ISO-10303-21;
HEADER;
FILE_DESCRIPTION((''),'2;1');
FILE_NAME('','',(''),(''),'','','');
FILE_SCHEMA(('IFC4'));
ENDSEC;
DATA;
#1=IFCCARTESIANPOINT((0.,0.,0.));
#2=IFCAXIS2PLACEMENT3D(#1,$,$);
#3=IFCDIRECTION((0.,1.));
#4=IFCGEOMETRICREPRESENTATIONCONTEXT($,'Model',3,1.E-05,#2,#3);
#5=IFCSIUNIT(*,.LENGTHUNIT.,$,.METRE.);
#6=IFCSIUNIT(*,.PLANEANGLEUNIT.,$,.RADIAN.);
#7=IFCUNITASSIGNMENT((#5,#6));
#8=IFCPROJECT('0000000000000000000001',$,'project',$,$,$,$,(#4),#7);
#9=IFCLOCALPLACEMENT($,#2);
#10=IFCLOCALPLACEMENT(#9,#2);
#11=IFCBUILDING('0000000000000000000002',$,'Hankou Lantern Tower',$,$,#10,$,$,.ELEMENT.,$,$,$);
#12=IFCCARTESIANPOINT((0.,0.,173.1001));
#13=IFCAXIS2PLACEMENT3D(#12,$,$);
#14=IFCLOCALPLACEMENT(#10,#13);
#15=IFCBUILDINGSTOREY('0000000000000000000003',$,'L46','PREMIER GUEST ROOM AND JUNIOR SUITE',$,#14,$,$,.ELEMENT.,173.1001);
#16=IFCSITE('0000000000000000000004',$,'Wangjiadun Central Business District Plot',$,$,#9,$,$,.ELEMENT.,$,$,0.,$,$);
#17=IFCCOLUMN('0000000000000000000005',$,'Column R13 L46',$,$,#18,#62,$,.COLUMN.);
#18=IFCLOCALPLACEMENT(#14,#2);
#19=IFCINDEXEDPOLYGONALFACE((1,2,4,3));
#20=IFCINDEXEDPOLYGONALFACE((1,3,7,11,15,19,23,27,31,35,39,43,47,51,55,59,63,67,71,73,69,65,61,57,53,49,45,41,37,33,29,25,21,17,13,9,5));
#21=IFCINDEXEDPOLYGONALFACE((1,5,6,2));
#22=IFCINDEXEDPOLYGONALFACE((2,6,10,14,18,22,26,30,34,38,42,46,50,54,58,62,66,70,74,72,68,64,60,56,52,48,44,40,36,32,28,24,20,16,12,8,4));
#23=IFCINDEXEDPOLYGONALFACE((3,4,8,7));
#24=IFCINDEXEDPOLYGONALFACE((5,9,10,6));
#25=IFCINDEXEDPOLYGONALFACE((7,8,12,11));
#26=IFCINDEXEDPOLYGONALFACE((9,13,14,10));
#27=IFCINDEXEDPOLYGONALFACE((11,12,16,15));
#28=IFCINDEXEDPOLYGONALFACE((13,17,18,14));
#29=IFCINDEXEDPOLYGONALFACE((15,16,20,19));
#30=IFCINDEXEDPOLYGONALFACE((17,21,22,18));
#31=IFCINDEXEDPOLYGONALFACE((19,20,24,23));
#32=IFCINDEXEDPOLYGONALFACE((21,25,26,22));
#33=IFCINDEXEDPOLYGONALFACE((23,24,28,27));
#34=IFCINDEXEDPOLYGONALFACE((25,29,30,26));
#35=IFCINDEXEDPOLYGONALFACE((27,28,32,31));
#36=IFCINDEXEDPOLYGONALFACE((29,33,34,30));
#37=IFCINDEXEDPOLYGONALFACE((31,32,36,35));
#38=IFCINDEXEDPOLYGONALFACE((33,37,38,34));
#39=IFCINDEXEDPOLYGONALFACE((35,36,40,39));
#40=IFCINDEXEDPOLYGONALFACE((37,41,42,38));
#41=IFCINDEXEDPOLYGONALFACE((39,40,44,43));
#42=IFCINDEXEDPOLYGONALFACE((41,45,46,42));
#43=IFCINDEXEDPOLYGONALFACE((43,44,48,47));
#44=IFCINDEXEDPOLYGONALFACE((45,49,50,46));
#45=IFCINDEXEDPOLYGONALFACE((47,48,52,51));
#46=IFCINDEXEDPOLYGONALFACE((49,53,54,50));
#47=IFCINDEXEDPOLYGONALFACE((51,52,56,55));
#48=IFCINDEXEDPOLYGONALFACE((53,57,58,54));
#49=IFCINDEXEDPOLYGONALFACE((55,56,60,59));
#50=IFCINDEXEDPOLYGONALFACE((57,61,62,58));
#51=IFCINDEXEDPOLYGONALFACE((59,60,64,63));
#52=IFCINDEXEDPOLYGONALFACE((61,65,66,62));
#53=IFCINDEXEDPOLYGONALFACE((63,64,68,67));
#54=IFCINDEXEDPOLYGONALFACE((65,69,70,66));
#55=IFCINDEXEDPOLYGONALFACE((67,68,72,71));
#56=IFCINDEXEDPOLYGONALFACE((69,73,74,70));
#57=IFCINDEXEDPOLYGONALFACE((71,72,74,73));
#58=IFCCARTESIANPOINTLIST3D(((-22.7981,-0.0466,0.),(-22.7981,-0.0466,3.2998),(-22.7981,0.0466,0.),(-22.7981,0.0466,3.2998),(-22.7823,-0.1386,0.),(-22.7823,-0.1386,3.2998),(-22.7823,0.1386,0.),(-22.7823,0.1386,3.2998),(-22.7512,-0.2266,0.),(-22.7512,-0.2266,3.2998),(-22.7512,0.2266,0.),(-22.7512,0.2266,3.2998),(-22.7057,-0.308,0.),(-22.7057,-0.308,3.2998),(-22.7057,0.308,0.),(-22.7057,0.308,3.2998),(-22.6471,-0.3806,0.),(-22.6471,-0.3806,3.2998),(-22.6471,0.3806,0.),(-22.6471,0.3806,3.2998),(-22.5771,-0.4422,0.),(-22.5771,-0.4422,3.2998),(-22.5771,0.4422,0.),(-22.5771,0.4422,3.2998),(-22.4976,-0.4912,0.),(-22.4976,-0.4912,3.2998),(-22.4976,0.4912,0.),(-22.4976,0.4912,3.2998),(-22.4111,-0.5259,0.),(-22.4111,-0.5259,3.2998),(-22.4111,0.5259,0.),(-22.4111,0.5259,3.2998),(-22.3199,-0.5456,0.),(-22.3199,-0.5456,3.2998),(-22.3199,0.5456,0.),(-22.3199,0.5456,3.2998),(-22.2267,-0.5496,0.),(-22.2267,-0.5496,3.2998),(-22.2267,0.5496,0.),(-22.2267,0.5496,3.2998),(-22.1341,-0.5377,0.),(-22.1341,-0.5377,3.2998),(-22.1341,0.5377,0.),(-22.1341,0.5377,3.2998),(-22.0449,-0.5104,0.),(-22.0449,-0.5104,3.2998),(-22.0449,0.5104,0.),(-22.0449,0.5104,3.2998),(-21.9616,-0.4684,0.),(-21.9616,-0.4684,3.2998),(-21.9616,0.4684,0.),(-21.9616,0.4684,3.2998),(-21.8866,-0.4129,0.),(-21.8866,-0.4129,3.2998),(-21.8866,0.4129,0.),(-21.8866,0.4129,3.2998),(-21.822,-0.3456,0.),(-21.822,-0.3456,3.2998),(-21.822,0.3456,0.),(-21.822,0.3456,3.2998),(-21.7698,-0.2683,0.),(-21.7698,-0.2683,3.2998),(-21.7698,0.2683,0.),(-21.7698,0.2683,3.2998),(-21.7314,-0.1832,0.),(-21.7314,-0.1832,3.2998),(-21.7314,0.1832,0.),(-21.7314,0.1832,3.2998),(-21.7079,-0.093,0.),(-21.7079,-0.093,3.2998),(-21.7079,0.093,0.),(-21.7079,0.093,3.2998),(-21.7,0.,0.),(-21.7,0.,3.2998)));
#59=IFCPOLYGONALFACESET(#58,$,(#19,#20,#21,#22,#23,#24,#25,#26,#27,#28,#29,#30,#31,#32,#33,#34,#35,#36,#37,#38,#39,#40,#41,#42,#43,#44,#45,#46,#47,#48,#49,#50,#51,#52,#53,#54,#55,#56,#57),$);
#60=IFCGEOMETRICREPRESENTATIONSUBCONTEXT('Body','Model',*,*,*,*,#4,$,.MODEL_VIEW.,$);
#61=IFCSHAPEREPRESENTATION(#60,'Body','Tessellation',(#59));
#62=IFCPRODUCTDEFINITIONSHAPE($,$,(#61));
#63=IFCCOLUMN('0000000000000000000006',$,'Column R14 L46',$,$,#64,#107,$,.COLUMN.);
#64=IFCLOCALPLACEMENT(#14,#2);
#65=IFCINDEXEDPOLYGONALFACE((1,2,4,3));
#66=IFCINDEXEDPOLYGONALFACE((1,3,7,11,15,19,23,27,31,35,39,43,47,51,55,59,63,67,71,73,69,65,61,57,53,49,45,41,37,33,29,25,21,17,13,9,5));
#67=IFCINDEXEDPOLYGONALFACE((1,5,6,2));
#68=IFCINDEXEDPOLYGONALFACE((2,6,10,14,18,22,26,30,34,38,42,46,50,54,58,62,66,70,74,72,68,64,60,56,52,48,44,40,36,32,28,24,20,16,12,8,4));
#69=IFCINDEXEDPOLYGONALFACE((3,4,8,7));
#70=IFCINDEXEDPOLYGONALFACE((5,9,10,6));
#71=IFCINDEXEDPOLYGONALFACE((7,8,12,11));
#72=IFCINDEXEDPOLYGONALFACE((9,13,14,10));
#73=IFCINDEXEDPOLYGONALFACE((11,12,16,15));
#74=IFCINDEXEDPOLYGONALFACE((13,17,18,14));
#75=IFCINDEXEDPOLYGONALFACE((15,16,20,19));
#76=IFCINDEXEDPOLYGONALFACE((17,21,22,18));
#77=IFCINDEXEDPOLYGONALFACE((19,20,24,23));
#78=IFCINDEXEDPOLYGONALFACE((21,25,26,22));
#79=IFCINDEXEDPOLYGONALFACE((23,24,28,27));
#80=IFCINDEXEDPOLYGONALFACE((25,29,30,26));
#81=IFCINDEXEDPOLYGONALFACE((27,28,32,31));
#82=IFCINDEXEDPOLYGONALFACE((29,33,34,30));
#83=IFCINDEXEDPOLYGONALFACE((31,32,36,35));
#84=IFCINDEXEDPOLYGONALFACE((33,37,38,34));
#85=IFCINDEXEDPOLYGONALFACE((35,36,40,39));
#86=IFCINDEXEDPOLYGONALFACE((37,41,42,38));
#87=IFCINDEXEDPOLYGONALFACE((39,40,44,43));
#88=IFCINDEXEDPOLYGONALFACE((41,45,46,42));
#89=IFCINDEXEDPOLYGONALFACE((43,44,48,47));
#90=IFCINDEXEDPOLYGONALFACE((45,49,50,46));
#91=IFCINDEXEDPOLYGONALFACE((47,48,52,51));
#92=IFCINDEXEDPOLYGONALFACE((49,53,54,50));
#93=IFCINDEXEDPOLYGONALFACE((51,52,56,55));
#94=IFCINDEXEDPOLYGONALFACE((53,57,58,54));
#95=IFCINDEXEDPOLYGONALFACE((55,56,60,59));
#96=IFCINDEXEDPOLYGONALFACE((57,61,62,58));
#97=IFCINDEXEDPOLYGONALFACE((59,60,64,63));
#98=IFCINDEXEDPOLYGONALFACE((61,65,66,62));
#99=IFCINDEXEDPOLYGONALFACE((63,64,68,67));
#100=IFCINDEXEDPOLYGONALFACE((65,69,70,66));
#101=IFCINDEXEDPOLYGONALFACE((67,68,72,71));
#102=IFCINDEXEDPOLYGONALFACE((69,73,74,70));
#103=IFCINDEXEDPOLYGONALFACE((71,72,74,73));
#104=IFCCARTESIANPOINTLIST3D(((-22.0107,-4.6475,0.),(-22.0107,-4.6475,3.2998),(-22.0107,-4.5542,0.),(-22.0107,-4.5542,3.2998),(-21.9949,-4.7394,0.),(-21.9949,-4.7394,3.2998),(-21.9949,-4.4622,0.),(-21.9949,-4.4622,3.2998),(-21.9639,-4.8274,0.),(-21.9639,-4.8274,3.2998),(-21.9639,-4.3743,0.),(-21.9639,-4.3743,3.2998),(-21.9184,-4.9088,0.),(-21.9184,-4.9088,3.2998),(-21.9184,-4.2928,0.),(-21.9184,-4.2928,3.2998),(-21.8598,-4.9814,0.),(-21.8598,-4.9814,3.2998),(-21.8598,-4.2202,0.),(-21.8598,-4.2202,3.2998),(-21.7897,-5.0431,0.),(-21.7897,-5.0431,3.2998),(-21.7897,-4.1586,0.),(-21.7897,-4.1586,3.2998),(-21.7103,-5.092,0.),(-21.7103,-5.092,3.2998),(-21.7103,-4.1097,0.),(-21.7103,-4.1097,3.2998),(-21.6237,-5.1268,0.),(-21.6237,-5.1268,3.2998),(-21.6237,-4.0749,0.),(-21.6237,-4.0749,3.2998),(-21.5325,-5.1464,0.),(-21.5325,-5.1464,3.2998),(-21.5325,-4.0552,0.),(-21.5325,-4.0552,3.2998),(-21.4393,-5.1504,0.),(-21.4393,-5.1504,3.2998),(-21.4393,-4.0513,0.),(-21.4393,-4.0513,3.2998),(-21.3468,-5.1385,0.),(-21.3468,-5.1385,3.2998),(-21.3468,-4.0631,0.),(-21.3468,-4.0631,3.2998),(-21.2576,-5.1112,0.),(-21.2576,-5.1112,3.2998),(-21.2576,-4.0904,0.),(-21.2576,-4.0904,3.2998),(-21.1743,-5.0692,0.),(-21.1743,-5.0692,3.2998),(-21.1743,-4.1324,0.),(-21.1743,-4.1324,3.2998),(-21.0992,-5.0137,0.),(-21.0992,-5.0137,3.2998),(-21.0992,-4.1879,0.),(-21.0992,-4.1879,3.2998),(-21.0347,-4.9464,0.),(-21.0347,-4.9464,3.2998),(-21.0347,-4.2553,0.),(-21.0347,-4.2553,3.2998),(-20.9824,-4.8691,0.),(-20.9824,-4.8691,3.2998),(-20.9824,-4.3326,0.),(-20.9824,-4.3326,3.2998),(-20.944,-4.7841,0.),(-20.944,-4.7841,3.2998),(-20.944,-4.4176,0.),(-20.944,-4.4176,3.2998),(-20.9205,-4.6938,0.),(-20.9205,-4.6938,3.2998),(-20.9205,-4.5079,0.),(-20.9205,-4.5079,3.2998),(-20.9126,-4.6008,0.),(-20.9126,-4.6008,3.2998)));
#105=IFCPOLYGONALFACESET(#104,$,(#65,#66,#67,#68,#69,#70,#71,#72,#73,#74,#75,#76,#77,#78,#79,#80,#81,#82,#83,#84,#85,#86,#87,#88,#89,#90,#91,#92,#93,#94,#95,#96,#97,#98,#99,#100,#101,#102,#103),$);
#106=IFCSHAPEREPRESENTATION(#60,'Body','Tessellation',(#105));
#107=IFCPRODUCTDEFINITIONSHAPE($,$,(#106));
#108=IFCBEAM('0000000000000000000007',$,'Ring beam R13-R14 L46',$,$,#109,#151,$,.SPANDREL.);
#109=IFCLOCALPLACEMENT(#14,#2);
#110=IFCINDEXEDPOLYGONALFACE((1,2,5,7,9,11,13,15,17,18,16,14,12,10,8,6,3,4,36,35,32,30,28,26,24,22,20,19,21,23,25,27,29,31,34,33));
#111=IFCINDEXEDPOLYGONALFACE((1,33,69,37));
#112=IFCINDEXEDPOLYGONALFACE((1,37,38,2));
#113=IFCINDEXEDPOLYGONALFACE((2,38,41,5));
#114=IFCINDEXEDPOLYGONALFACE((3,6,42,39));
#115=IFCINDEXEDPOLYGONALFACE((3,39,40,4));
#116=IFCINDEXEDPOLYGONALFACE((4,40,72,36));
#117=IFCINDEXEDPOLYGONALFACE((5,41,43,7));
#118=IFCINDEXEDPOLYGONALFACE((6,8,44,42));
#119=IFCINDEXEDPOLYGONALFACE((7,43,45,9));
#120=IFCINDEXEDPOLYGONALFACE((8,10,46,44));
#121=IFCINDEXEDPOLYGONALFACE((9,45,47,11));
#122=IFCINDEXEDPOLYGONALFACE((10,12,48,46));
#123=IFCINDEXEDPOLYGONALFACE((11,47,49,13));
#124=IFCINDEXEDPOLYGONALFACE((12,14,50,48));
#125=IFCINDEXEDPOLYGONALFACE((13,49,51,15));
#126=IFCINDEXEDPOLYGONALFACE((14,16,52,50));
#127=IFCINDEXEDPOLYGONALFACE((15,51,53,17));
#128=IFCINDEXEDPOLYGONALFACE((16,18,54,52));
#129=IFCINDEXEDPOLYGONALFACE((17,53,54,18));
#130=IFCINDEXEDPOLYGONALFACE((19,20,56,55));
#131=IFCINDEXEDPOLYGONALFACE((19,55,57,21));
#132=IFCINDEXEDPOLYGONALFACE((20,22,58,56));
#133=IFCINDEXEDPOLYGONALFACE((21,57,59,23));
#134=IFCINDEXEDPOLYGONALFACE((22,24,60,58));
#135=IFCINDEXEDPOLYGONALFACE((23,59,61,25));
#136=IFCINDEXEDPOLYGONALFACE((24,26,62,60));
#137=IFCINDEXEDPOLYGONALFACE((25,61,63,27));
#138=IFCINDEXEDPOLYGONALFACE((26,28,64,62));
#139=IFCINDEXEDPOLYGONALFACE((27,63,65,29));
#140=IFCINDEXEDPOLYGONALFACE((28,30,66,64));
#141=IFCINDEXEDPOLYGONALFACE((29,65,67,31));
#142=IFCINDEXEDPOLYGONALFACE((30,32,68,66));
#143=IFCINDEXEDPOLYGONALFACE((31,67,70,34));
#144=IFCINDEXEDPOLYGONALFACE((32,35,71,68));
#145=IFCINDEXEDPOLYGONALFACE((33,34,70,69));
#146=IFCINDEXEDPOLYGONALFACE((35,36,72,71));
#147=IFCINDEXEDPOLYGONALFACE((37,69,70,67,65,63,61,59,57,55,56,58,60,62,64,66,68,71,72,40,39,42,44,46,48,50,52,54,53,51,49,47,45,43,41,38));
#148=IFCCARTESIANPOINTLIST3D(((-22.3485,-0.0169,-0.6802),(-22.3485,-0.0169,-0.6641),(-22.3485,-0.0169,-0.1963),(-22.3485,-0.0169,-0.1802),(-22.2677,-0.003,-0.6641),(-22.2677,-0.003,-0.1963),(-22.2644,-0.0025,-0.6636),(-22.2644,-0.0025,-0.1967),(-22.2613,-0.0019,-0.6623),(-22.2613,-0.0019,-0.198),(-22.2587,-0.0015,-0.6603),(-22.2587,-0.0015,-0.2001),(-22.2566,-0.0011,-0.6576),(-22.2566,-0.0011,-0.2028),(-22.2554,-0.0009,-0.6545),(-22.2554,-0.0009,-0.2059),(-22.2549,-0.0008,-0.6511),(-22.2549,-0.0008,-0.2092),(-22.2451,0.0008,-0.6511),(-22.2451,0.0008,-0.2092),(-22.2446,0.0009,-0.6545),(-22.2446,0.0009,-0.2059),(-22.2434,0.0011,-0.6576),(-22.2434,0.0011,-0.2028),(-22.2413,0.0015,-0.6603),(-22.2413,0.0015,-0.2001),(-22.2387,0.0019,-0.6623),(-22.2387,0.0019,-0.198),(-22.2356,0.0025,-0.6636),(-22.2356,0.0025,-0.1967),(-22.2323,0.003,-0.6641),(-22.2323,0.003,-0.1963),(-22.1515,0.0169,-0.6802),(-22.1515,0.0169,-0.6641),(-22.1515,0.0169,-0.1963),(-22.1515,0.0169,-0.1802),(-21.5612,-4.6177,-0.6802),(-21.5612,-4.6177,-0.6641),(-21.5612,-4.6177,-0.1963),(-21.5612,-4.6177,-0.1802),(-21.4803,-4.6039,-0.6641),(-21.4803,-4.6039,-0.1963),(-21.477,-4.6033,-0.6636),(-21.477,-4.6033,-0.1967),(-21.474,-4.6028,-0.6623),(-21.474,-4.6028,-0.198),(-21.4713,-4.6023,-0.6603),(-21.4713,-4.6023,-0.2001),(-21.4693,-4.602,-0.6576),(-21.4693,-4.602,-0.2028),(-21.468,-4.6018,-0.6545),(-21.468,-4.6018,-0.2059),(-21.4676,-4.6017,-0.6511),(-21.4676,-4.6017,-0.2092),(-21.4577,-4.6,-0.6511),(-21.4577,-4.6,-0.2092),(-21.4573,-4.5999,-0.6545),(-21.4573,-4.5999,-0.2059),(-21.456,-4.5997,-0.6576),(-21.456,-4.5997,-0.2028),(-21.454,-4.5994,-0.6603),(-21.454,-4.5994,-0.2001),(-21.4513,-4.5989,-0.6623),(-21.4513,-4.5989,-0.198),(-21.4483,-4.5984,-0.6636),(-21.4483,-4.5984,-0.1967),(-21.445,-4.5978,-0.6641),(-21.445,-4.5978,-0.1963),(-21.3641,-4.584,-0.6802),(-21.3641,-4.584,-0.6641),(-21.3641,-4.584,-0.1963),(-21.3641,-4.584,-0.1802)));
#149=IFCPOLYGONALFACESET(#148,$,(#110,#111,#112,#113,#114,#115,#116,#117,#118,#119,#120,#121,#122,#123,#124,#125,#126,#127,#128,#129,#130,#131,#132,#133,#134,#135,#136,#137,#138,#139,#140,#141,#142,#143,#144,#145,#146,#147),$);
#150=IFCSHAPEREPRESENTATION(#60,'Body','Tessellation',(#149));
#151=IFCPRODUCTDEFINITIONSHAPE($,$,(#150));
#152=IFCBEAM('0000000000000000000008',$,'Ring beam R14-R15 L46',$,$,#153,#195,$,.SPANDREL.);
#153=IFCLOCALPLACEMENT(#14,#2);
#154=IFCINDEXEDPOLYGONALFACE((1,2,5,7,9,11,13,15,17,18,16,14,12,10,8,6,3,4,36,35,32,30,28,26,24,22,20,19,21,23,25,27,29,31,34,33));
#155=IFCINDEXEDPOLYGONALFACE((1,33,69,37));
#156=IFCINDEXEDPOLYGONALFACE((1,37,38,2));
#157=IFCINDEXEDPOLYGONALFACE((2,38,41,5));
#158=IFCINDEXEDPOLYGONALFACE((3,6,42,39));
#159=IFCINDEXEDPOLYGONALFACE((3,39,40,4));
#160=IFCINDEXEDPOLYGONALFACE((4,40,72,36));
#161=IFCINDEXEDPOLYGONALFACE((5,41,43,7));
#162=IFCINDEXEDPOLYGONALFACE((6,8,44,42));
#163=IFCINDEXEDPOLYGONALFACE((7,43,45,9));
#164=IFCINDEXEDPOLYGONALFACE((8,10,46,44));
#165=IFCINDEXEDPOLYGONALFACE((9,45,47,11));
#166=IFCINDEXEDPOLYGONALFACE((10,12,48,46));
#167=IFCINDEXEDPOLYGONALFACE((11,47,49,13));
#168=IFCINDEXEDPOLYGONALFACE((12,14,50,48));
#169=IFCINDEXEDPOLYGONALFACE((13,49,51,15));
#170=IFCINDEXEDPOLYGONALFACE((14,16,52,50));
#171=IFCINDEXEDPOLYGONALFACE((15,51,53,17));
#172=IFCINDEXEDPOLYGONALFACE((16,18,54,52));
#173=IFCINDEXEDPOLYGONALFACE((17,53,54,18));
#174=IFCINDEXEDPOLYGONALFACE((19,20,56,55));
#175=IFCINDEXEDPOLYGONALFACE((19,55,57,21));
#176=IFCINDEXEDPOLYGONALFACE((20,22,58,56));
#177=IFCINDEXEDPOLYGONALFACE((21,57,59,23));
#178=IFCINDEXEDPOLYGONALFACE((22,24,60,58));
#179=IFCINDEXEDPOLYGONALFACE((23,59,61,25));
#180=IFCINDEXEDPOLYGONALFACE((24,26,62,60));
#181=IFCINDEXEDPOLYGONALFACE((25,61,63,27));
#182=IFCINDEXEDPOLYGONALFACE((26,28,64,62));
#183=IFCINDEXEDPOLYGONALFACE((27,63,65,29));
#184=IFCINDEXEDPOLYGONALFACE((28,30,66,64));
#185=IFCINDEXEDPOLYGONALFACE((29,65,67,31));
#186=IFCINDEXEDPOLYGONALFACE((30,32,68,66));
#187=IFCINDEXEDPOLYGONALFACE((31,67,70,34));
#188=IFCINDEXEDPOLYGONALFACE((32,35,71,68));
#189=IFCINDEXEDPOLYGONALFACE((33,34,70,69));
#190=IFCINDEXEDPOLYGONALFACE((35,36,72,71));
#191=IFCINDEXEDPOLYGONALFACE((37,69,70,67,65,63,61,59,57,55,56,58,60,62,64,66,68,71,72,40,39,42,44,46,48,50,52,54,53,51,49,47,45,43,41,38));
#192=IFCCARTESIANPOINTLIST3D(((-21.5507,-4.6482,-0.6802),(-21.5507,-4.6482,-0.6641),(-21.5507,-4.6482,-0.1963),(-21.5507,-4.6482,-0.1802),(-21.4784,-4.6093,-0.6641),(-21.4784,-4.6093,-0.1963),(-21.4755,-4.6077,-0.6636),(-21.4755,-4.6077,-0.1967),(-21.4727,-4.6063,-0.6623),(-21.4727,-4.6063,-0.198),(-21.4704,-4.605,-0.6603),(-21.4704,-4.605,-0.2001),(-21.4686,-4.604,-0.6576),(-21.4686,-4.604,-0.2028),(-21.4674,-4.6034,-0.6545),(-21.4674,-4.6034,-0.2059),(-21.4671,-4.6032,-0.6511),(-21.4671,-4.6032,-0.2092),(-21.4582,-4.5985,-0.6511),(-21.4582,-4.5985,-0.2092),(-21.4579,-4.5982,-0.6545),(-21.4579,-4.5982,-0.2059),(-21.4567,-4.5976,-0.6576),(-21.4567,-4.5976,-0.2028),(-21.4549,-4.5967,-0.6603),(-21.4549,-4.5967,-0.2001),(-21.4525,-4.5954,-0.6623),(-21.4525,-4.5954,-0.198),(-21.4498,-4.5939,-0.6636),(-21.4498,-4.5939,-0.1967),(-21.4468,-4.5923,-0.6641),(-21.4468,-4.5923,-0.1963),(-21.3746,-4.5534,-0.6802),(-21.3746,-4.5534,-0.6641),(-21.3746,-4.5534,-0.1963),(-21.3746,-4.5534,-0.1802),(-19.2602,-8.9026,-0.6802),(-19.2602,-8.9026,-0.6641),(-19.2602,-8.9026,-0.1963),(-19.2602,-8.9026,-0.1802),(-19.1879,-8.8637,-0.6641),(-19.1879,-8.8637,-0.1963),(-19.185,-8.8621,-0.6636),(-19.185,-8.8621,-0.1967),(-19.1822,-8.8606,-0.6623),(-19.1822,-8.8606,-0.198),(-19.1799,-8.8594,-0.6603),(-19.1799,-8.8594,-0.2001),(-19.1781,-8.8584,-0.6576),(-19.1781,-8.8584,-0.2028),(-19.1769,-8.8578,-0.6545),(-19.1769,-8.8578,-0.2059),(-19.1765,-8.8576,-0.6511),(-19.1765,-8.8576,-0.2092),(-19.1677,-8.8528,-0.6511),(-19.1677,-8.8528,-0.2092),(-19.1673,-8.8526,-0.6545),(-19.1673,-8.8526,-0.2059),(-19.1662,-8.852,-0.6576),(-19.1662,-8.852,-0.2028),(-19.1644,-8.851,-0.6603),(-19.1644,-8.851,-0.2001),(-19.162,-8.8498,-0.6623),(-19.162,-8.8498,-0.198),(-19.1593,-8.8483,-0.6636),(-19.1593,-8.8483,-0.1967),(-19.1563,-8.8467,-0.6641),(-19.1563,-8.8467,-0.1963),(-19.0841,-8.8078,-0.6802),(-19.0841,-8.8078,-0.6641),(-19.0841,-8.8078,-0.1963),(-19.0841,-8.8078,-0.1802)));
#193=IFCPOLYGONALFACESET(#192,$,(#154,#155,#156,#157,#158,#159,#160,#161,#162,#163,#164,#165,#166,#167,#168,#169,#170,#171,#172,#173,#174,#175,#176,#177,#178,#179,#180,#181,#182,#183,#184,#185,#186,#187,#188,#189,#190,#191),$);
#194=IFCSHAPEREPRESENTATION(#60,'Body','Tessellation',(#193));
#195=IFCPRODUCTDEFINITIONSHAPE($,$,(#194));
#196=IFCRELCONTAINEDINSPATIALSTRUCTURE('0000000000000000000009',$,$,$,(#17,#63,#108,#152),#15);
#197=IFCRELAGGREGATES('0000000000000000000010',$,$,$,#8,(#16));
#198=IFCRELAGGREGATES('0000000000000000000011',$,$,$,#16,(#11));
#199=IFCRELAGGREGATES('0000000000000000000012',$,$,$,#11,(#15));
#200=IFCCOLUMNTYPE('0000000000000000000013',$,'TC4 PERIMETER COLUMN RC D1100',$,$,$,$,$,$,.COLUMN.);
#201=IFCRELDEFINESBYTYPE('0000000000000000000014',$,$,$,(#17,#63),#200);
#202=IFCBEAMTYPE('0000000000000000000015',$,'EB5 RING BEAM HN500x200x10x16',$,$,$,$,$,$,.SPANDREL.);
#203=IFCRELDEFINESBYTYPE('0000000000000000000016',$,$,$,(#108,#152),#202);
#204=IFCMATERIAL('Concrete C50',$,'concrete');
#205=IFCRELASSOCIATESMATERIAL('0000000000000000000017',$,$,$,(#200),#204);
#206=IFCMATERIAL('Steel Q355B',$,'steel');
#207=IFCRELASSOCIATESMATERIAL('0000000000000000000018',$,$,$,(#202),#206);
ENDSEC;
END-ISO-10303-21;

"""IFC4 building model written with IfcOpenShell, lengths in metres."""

from ifc_helpers import new_model, si_unit, direction, frame, origin, origin_2d, place, context, subcontext, project, spatial, circle, i_section, extrude, material, material_profile, profile_set, type_object, element, save


model = new_model("IFC4")

# Units and contexts
model_context = context("Model", 3, precision=1e-05, world=origin(), true_north=direction((0.0, 1.0)))
body_context = subcontext(model_context, "Body", "Model", "MODEL_VIEW")
ifc_project = project(units=[si_unit("LENGTHUNIT", "METRE"), si_unit("PLANEANGLEUNIT", "RADIAN")], contexts=[model_context])

# Site, building, storey
site_placement = place(None, origin())
site = spatial("IfcSite", under=ifc_project, at=site_placement, Name="Wangjiadun Central Business District Plot", CompositionType="ELEMENT", RefElevation=0.0)
building_placement = place(site_placement, origin())
building = spatial("IfcBuilding", under=site, at=building_placement, Name="Hankou Lantern Tower", CompositionType="ELEMENT")
storey_placement = place(building_placement, frame((0.0, 0.0, 173.1001)))
storey = spatial("IfcBuildingStorey", under=building, at=storey_placement, Name="L46", Description="PREMIER GUEST ROOM AND JUNIOR SUITE", CompositionType="ELEMENT", Elevation=173.1001)

# Columns
ifc_material_1 = material(Name="Concrete C50", Category="concrete")
ifc_material_profile_1 = material_profile(ifc_material_1, circle(Radius=0.55, at=origin_2d()), Name="RC D1100")
ifc_profile_set_1 = profile_set([ifc_material_profile_1], Name="Concrete C50")
column_type = type_object("IfcColumnType", Name="TC4 PERIMETER COLUMN RC D1100", PredefinedType="COLUMN", material=ifc_profile_set_1)
for number, where, z_axis, x_axis, name in (
    (1, (-22.25, 0.0, 0.0), (0.0, 0.0, 1.0), (1.0, 0.0, 0.0), "Column R13 L46"),
    (2, (-21.4626, -4.6008, 0.0), (0.0, 0.0, 1.0), (1.0, 0.0, 0.0), "Column R14 L46"),
):
    element("IfcColumn", number, at=place(storey_placement, frame(where, z_axis=z_axis, x_axis=x_axis)), inside=storey, type_object=column_type, Name=name, PredefinedType="COLUMN", context=body_context, shape_type="SweptSolid", body=[
        extrude(circle(Radius=0.55, at=origin_2d()), origin(), (0.0, 0.0, 1.0), 3.2998),
    ])

# Beams
ifc_material_2 = material(Name="Steel Q355B", Category="steel")
ifc_material_profile_2 = material_profile(ifc_material_2, i_section(OverallWidth=0.2, OverallDepth=0.5, WebThickness=0.01, FlangeThickness=0.0161, FilletRadius=0.0129, at=origin_2d()), Name="HN500x200x10x16")
ifc_profile_set_2 = profile_set([ifc_material_profile_2], Name="Steel Q355B")
beam_type_1 = type_object("IfcBeamType", Name="EB5 RING BEAM HN500x200x10x16", PredefinedType="SPANDREL", material=ifc_profile_set_2)
beam_1_placement = place(storey_placement, frame((-22.25, 0.0, -0.4302), z_axis=(0.168681, -0.985671, 0.0), x_axis=(0.985671, 0.168681, 0.0)))
element("IfcBeam", 3, at=beam_1_placement, inside=storey, type_object=beam_type_1, Name="Ring beam R13-R14 L46", PredefinedType="SPANDREL", context=body_context, shape_type="SweptSolid", body=[
    extrude(i_section(OverallWidth=0.2, OverallDepth=0.5, WebThickness=0.01, FlangeThickness=0.0161, FilletRadius=0.0129, at=origin_2d()), origin(), (0.0, 0.0, 1.0), 4.6677),
])
beam_2_placement = place(storey_placement, frame((-21.4626, -4.6008, -0.4302), z_axis=(0.474052, -0.880497, 0.0), x_axis=(0.880497, 0.474052, 0.0)))
element("IfcBeam", 4, at=beam_2_placement, inside=storey, type_object=beam_type_1, Name="Ring beam R14-R15 L46", PredefinedType="SPANDREL", context=body_context, shape_type="SweptSolid", body=[
    extrude(i_section(OverallWidth=0.2, OverallDepth=0.5, WebThickness=0.01, FlangeThickness=0.0161, FilletRadius=0.0129, at=origin_2d()), origin(), (0.0, 0.0, 1.0), 4.8318),
])

save(model, "model.ifc")
